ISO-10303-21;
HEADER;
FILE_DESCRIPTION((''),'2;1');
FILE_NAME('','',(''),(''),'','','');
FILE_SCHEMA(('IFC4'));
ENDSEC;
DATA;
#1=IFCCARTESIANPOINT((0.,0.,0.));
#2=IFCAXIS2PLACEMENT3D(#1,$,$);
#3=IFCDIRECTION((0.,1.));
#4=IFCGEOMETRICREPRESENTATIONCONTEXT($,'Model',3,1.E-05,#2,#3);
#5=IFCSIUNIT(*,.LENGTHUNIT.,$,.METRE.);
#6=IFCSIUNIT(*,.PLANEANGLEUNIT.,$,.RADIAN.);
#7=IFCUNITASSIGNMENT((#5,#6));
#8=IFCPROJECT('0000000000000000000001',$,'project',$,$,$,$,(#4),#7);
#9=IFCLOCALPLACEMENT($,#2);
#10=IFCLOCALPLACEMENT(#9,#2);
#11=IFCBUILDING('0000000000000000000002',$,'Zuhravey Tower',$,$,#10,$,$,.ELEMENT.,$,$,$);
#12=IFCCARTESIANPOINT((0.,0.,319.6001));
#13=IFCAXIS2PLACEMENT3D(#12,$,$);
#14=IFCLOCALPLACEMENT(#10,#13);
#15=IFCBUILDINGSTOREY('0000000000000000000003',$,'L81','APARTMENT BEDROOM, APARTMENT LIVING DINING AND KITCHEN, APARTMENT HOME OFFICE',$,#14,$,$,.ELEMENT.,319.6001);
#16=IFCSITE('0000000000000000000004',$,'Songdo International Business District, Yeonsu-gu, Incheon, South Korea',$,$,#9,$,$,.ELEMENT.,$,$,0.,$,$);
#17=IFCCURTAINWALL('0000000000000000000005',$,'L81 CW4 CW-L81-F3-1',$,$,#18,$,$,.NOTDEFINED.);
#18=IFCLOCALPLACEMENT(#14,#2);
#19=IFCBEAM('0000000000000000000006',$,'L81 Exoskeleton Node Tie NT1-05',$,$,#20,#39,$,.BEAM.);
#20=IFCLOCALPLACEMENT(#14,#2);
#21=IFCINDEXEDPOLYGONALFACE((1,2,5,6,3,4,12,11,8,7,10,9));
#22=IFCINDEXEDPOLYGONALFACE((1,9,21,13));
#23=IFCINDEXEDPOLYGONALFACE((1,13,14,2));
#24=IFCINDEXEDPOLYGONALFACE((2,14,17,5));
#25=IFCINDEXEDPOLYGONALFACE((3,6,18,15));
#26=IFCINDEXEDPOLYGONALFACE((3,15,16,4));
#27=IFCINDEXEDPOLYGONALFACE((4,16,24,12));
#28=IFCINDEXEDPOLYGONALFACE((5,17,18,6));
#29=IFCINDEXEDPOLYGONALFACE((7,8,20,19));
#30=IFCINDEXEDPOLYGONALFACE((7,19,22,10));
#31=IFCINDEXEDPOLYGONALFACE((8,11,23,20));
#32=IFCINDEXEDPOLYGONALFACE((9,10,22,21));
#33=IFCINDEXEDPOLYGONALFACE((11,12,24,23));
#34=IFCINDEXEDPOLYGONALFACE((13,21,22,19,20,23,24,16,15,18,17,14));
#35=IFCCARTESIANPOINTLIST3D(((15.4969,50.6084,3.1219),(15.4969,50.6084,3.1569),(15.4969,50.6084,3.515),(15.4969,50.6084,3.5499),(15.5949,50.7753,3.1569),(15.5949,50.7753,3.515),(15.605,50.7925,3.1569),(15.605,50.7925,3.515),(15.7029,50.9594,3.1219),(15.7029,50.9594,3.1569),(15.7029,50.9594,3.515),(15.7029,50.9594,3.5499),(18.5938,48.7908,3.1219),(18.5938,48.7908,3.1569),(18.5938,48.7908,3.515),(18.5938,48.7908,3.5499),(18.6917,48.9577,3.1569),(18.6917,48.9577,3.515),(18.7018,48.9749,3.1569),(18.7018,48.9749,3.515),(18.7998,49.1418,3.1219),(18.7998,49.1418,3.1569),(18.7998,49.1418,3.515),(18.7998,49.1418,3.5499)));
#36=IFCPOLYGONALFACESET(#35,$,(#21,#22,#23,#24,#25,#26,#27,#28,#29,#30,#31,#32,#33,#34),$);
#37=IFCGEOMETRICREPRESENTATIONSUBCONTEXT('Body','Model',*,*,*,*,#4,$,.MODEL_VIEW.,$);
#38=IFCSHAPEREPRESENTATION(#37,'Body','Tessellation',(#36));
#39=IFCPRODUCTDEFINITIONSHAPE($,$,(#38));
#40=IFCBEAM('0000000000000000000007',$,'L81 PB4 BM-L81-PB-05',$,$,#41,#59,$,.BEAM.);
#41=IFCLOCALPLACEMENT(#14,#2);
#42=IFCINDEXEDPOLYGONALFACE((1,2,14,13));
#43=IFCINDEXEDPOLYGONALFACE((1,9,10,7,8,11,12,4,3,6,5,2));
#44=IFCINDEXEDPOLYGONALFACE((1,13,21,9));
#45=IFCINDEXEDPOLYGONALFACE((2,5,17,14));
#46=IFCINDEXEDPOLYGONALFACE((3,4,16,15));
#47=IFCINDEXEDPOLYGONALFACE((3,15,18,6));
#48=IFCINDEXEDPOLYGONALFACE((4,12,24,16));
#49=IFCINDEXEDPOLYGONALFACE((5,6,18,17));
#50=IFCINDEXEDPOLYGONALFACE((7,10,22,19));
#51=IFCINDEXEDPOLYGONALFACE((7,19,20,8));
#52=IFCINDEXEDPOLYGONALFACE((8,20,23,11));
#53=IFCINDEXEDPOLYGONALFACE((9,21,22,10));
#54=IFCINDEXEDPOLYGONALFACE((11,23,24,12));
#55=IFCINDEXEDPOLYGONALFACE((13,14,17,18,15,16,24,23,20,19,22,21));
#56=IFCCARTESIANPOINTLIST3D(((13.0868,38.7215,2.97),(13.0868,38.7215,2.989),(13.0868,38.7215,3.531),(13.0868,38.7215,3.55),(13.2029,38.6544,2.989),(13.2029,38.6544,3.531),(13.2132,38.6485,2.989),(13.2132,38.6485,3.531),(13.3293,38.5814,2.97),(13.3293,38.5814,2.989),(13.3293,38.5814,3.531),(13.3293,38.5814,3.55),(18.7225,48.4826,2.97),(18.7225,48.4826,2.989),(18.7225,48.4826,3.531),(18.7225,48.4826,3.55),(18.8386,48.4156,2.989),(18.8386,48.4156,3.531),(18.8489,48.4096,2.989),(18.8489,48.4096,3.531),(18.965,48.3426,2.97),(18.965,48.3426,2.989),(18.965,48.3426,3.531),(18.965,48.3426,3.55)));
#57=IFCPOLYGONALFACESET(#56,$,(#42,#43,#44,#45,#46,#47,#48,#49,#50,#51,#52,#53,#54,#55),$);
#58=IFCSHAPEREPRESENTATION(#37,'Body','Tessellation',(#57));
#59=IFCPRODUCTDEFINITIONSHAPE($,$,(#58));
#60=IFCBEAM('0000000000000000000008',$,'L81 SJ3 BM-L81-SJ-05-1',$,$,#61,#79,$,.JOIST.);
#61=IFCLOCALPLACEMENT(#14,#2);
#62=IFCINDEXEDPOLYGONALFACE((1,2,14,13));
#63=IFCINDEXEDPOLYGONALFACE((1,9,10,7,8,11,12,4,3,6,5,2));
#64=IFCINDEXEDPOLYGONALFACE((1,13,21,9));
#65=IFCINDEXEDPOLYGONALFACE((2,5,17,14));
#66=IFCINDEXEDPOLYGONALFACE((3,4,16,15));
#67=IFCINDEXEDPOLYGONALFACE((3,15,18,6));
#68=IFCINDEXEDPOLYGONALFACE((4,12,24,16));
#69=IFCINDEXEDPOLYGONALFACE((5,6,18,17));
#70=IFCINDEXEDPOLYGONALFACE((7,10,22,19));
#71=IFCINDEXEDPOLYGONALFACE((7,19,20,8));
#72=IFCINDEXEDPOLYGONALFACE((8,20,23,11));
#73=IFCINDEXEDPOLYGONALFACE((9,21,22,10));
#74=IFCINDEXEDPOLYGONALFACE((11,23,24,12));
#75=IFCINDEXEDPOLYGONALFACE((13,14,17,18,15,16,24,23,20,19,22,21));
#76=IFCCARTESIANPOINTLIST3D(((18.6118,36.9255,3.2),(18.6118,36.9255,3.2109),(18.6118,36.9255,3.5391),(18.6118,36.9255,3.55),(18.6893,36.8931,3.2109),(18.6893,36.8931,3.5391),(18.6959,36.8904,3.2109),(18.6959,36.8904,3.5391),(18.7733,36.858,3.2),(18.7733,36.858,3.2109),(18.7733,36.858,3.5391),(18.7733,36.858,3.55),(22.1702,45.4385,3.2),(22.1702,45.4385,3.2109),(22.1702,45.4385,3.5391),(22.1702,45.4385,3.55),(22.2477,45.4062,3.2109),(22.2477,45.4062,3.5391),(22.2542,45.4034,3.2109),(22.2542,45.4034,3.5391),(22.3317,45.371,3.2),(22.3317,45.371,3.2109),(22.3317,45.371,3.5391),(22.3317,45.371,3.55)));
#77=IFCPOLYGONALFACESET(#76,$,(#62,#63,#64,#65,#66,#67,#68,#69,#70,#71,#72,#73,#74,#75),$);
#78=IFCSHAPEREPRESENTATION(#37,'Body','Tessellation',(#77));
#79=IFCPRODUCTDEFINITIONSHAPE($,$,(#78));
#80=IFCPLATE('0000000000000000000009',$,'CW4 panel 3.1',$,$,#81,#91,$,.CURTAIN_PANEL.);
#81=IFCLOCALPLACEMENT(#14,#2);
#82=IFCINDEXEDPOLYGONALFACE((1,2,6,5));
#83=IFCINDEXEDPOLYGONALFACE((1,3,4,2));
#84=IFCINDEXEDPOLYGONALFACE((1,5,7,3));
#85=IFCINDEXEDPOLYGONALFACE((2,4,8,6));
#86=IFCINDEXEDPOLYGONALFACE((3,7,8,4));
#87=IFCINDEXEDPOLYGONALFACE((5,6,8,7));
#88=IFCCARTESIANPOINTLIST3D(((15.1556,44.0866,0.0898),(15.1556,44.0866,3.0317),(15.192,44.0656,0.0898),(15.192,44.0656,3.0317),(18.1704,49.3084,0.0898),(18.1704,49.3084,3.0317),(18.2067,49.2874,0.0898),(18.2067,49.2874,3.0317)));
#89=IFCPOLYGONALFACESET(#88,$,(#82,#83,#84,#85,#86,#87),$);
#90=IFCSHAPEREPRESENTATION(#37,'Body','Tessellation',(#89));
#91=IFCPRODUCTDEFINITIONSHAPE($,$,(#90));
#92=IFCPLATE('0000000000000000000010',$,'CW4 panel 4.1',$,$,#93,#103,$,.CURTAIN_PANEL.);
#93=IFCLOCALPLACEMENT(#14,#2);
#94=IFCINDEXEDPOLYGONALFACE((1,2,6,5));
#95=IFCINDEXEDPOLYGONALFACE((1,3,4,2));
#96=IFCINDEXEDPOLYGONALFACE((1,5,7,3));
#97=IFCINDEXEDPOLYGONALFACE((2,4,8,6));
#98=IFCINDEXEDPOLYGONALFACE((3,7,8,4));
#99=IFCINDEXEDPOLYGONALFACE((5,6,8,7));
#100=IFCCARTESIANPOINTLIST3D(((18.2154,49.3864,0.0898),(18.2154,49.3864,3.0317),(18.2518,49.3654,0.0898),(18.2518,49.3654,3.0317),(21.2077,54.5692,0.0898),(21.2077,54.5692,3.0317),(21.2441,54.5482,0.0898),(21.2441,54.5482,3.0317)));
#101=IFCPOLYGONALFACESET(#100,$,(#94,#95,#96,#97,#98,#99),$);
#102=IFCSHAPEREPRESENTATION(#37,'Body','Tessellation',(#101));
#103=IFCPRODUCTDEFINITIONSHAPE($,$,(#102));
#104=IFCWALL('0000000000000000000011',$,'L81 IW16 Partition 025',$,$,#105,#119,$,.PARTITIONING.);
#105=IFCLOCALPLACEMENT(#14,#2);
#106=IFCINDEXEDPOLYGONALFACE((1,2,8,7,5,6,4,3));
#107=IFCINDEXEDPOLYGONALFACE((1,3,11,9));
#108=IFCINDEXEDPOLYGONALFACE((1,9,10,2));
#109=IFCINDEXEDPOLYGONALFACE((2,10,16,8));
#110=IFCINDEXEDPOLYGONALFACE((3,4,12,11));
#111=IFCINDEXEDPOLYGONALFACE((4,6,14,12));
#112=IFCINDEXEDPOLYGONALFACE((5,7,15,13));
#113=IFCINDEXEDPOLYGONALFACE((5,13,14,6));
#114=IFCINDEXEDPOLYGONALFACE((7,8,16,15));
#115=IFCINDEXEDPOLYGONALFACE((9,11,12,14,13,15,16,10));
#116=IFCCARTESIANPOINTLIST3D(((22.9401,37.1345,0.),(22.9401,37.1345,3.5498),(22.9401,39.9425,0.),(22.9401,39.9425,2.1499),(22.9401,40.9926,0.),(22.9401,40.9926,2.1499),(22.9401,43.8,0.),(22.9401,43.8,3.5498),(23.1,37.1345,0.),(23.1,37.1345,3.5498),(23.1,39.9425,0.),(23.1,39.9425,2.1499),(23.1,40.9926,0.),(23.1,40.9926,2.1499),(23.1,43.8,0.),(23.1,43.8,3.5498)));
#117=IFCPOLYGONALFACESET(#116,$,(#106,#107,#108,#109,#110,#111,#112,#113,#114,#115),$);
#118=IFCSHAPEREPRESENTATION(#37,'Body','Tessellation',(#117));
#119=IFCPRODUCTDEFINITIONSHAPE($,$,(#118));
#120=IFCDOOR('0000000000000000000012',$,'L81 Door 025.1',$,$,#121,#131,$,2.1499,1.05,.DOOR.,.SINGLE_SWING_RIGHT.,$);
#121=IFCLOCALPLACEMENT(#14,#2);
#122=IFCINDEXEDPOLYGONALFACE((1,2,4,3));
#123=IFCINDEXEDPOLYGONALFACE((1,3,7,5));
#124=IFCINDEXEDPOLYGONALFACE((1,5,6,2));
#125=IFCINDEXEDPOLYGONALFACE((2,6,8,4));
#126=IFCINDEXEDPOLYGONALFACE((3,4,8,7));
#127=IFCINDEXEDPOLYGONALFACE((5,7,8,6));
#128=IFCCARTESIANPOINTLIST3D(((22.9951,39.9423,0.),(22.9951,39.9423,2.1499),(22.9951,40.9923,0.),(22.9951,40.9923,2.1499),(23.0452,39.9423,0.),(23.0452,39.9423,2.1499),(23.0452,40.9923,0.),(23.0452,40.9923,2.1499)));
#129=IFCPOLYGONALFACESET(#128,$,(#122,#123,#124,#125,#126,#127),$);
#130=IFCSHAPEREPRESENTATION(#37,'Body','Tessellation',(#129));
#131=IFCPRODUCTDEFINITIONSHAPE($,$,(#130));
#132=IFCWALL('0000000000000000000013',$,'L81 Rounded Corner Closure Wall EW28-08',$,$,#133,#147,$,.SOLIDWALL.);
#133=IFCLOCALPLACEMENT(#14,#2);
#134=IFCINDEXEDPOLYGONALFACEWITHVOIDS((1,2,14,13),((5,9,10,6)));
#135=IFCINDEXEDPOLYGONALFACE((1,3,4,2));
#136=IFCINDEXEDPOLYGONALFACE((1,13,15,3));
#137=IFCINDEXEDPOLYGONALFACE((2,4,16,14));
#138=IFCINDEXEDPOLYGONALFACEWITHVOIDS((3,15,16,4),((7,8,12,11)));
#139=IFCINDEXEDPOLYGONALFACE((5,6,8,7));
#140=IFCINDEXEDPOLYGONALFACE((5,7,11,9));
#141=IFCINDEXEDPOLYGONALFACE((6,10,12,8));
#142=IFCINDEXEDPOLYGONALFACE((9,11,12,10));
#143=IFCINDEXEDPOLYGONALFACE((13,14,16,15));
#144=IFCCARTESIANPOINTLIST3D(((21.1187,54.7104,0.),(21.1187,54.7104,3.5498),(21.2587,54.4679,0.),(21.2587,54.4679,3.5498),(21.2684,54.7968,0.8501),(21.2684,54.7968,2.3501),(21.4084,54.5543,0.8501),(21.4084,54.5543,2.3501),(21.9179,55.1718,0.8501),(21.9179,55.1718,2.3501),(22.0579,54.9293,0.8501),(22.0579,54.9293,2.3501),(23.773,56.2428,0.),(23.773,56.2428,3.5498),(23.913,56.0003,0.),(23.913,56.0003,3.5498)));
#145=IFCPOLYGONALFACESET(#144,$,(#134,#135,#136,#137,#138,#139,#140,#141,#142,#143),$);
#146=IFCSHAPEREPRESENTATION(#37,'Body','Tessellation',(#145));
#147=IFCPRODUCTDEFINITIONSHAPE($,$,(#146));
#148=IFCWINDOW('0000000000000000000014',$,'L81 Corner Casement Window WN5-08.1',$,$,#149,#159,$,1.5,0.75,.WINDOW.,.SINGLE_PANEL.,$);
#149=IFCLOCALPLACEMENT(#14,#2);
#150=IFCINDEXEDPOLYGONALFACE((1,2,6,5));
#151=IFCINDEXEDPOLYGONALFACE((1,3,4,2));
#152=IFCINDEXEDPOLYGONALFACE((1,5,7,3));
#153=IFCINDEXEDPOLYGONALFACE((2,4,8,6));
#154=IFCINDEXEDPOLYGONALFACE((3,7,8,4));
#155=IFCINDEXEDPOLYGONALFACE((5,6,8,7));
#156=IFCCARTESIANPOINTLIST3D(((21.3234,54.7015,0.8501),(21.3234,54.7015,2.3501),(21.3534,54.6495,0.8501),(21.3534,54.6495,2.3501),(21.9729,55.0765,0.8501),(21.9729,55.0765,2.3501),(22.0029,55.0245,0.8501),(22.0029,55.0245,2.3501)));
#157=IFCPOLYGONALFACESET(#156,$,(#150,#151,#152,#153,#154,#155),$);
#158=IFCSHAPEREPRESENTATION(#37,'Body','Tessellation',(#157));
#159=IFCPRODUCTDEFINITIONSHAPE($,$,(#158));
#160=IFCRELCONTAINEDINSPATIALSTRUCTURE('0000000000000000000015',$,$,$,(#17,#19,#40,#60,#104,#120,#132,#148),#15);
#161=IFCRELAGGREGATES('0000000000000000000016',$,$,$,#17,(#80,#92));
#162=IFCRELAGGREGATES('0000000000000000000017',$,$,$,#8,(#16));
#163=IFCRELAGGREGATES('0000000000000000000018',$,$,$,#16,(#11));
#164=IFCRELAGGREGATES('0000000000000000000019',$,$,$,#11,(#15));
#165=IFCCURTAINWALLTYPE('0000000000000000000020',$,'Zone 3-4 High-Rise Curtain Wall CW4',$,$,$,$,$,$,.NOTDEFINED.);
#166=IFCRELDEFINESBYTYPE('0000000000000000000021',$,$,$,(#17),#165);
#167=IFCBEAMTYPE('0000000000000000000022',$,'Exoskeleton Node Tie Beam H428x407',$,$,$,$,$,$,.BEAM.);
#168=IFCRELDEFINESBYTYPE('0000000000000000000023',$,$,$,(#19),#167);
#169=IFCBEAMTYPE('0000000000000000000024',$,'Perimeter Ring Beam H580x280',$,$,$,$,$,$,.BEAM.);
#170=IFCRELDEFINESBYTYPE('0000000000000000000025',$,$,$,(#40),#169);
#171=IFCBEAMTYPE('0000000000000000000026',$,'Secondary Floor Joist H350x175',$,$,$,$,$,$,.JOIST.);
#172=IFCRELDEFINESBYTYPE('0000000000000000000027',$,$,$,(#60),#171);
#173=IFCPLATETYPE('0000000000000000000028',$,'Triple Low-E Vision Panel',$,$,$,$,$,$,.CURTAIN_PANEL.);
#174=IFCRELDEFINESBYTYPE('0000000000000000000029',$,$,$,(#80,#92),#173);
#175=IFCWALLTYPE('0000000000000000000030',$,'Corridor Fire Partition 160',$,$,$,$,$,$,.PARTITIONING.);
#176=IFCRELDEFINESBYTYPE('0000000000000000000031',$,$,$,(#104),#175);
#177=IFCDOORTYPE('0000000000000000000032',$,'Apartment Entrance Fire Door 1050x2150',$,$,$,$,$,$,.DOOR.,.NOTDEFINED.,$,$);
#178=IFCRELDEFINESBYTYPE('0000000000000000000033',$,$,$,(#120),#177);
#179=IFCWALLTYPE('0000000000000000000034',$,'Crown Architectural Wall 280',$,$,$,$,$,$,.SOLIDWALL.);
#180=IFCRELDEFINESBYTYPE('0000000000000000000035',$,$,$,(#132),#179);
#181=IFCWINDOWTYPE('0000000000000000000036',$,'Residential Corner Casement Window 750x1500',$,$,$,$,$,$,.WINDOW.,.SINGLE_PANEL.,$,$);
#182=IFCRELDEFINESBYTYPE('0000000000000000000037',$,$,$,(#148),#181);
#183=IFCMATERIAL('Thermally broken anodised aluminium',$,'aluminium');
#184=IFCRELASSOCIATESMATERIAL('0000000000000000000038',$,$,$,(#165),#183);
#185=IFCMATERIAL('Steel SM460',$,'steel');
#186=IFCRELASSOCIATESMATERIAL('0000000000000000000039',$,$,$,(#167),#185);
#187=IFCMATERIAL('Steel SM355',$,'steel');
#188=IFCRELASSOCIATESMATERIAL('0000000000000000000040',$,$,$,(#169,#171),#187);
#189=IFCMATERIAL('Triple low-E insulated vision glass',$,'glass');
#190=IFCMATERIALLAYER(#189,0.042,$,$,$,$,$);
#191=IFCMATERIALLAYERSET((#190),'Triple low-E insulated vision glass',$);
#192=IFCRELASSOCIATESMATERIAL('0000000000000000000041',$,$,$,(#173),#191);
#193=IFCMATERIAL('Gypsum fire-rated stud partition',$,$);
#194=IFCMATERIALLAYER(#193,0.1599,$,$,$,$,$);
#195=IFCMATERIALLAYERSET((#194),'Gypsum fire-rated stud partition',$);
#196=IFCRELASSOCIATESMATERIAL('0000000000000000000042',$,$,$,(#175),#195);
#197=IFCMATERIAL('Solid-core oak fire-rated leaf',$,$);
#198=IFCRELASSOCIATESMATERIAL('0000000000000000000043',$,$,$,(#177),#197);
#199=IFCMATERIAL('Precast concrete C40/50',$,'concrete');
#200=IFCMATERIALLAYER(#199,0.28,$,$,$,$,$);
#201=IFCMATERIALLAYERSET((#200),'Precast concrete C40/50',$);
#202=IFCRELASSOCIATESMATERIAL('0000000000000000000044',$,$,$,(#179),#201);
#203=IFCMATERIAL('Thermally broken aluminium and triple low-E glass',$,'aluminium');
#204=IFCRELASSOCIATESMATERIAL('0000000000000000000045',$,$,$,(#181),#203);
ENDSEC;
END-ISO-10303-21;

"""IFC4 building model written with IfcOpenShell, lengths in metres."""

from ifc_helpers import new_model, si_unit, direction, frame, frame_2d, origin, origin_2d, place, context, subcontext, project, spatial, rectangle, i_section, extrude, material, layer, layer_set, material_profile, profile_set, type_object, element, fill, aggregate, save


model = new_model("IFC4")

# Units and contexts
model_context = context("Model", 3, precision=1e-05, world=origin(), true_north=direction((0.0, 1.0)))
body_context = subcontext(model_context, "Body", "Model", "MODEL_VIEW")
ifc_project = project(units=[si_unit("LENGTHUNIT", "METRE"), si_unit("PLANEANGLEUNIT", "RADIAN")], contexts=[model_context])

# Site, building, storey
site_placement = place(None, origin())
site = spatial("IfcSite", under=ifc_project, at=site_placement, Name="Songdo International Business District, Yeonsu-gu, Incheon, South Korea", CompositionType="ELEMENT", RefElevation=0.0)
building_placement = place(site_placement, origin())
building = spatial("IfcBuilding", under=site, at=building_placement, Name="Zuhravey Tower", CompositionType="ELEMENT")
storey_placement = place(building_placement, frame((0.0, 0.0, 319.6001)))
storey = spatial("IfcBuildingStorey", under=building, at=storey_placement, Name="L81", Description="APARTMENT BEDROOM, APARTMENT LIVING DINING AND KITCHEN, APARTMENT HOME OFFICE", CompositionType="ELEMENT", Elevation=319.6001)

# Curtain wall
ifc_material_1 = material(Name="Thermally broken anodised aluminium", Category="aluminium")
curtain_wall_type = type_object("IfcCurtainWallType", Name="Zone 3-4 High-Rise Curtain Wall CW4", PredefinedType="NOTDEFINED", material=ifc_material_1)
curtain_wall_1_placement = place(storey_placement, origin())
curtain_wall_1 = element("IfcCurtainWall", 1, at=curtain_wall_1_placement, inside=storey, type_object=curtain_wall_type, Name="L81 CW4 CW-L81-F3-1", PredefinedType="NOTDEFINED")

# Beams
ifc_material_2 = material(Name="Steel SM460", Category="steel")
ifc_material_profile_1 = material_profile(ifc_material_2, i_section(OverallWidth=0.407, OverallDepth=0.428, WebThickness=0.02, FlangeThickness=0.0349, at=origin_2d()), Name="H-428x407x20x35")
ifc_profile_set_1 = profile_set([ifc_material_profile_1], Name="Steel SM460")
beam_type_1 = type_object("IfcBeamType", Name="Exoskeleton Node Tie Beam H428x407", PredefinedType="BEAM", material=ifc_profile_set_1)
beam_1_placement = place(storey_placement, frame((18.6968, 48.9663, 3.3359), z_axis=(-0.862432, 0.506173, 0.0), x_axis=(-0.506173, -0.862432, 0.0)))
element("IfcBeam", 2, at=beam_1_placement, inside=storey, type_object=beam_type_1, Name="L81 Exoskeleton Node Tie NT1-05", PredefinedType="BEAM", context=body_context, shape_type="SweptSolid", body=[
    extrude(i_section(OverallWidth=0.407, OverallDepth=0.428, WebThickness=0.02, FlangeThickness=0.0349, at=origin_2d()), origin(), (0.0, 0.0, 1.0), 3.5908),
])
ifc_material_3 = material(Name="Steel SM355", Category="steel")
ifc_material_profile_2 = material_profile(ifc_material_3, i_section(OverallWidth=0.28, OverallDepth=0.5801, WebThickness=0.012, FlangeThickness=0.019, at=origin_2d()), Name="H-580x280x12x19")
ifc_profile_set_2 = profile_set([ifc_material_profile_2], Name="Steel SM355")
beam_type_2 = type_object("IfcBeamType", Name="Perimeter Ring Beam H580x280", PredefinedType="BEAM", material=ifc_profile_set_2)
beam_2_placement = place(storey_placement, frame((18.8438, 48.4126, 3.26), z_axis=(-0.500006, -0.866022, 0.0), x_axis=(0.866022, -0.500006, 0.0)))
element("IfcBeam", 3, at=beam_2_placement, inside=storey, type_object=beam_type_2, Name="L81 PB4 BM-L81-PB-05", PredefinedType="BEAM", context=body_context, shape_type="SweptSolid", body=[
    extrude(i_section(OverallWidth=0.28, OverallDepth=0.5801, WebThickness=0.012, FlangeThickness=0.019, at=origin_2d()), origin(), (0.0, 0.0, 1.0), 11.2712),
])
ifc_material_profile_3 = material_profile(ifc_material_3, i_section(OverallWidth=0.175, OverallDepth=0.3501, WebThickness=0.0071, FlangeThickness=0.011, at=origin_2d()), Name="H-350x175x7x11")
ifc_profile_set_3 = profile_set([ifc_material_profile_3], Name="Steel SM355")
beam_type_3 = type_object("IfcBeamType", Name="Secondary Floor Joist H350x175", PredefinedType="JOIST", material=ifc_profile_set_3)
beam_3_placement = place(storey_placement, frame((22.251, 45.4048, 3.375), z_axis=(-0.385658, -0.922642, 0.0), x_axis=(0.922642, -0.385658, 0.0)))
element("IfcBeam", 4, at=beam_3_placement, inside=storey, type_object=beam_type_3, Name="L81 SJ3 BM-L81-SJ-05-1", PredefinedType="JOIST", context=body_context, shape_type="SweptSolid", body=[
    extrude(i_section(OverallWidth=0.175, OverallDepth=0.3501, WebThickness=0.0071, FlangeThickness=0.011, at=origin_2d()), origin(), (0.0, 0.0, 1.0), 9.2268),
])

# Plates
ifc_material_4 = material(Name="Triple low-E insulated vision glass", Category="glass")
ifc_layer_1 = layer(ifc_material_4, 0.042)
ifc_layer_set_1 = layer_set([ifc_layer_1], Name="Triple low-E insulated vision glass")
plate_type = type_object("IfcPlateType", Name="Triple Low-E Vision Panel", PredefinedType="CURTAIN_PANEL", material=ifc_layer_set_1)
plate_1_placement = place(storey_placement, frame((16.6812, 46.687, 0.0898), z_axis=(0.0, 0.0, 1.0), x_axis=(0.5, 0.866026, 0.0)))
plate_1 = element("IfcPlate", 5, at=plate_1_placement, type_object=plate_type, Name="CW4 panel 3.1", PredefinedType="CURTAIN_PANEL", context=body_context, shape_type="SweptSolid", body=[
    extrude(rectangle(XDim=6.0295, YDim=0.042, at=origin_2d()), origin(), (0.0, 0.0, 1.0), 2.9419),
])
plate_2_placement = place(storey_placement, frame((19.7297, 51.9673, 0.0898), z_axis=(0.0, 0.0, 1.0), x_axis=(0.5, 0.866026, 0.0)))
plate_2 = element("IfcPlate", 6, at=plate_2_placement, type_object=plate_type, Name="CW4 panel 4.1", PredefinedType="CURTAIN_PANEL", context=body_context, shape_type="SweptSolid", body=[
    extrude(rectangle(XDim=5.9846, YDim=0.042, at=origin_2d()), origin(), (0.0, 0.0, 1.0), 2.9419),
])
aggregate(curtain_wall_1, [plate_1, plate_2])

# Wall, opening, door
ifc_material_5 = material(Name="Gypsum fire-rated stud partition")
ifc_layer_2 = layer(ifc_material_5, 0.1599)
ifc_layer_set_2 = layer_set([ifc_layer_2], Name="Gypsum fire-rated stud partition")
wall_type_1 = type_object("IfcWallType", Name="Corridor Fire Partition 160", PredefinedType="PARTITIONING", material=ifc_layer_set_2)
wall_1_placement = place(storey_placement, frame((23.02, 43.8, 0.0), z_axis=(0.0, 0.0, 1.0), x_axis=(0.0, -1.0, 0.0)))
wall_1 = element("IfcWall", 7, at=wall_1_placement, inside=storey, type_object=wall_type_1, Name="L81 IW16 Partition 025", PredefinedType="PARTITIONING", context=body_context, shape_type="SweptSolid", body=[
    extrude(rectangle(XDim=6.6655, YDim=0.1599, at=frame_2d((3.3328, 0.0))), origin(), (0.0, 0.0, 1.0), 3.5498),
])
opening_1_placement = place(wall_1_placement, frame((2.8076, 0.0, 0.0)))
opening_1 = element("IfcOpeningElement", 8, at=opening_1_placement, cuts=wall_1, PredefinedType="OPENING", context=body_context, shape_type="SweptSolid", body=[
    extrude(rectangle(XDim=1.05, YDim=2.1499, at=frame_2d((0.5249, 1.075))), frame((0.0, 0.092, 0.0), z_axis=(0.0, -1.0, 0.0), x_axis=(1.0, 0.0, 0.0)), (0.0, 0.0, 1.0), 0.1838),
])
ifc_material_6 = material(Name="Solid-core oak fire-rated leaf")
door_type_1 = type_object("IfcDoorType", Name="Apartment Entrance Fire Door 1050x2150", OperationType="NOTDEFINED", PredefinedType="DOOR", material=ifc_material_6)
door_1_placement = place(opening_1_placement, frame((1.05, 0.0, 0.0), z_axis=(0.0, 0.0, 1.0), x_axis=(-1.0, 0.0, 0.0)))
door_1 = element("IfcDoor", 9, at=door_1_placement, inside=storey, type_object=door_type_1, Name="L81 Door 025.1", OperationType="SINGLE_SWING_RIGHT", OverallHeight=2.1499, OverallWidth=1.05, PredefinedType="DOOR", context=body_context, shape_type="SweptSolid", body=[
    extrude(rectangle(XDim=1.05, YDim=2.1499, at=frame_2d((0.5249, 1.075))), frame((0.0, 0.0249, 0.0), z_axis=(0.0, -1.0, 0.0), x_axis=(1.0, 0.0, 0.0)), (0.0, 0.0, 1.0), 0.05),
])
fill(opening_1, door_1)

# Wall, opening, window
ifc_material_7 = material(Name="Precast concrete C40/50", Category="concrete")
ifc_layer_3 = layer(ifc_material_7, 0.28)
ifc_layer_set_3 = layer_set([ifc_layer_3], Name="Precast concrete C40/50")
wall_type_2 = type_object("IfcWallType", Name="Crown Architectural Wall 280", PredefinedType="SOLIDWALL", material=ifc_layer_set_3)
wall_2_placement = place(storey_placement, frame((21.1887, 54.5891, 0.0), z_axis=(0.0, 0.0, 1.0), x_axis=(0.866024, 0.500003, 0.0)))
wall_2 = element("IfcWall", 10, at=wall_2_placement, inside=storey, type_object=wall_type_2, Name="L81 Rounded Corner Closure Wall EW28-08", PredefinedType="SOLIDWALL", context=body_context, shape_type="SweptSolid", body=[
    extrude(rectangle(XDim=3.0649, YDim=0.28, at=frame_2d((1.5325, 0.0))), origin(), (0.0, 0.0, 1.0), 3.5498),
])
opening_2_placement = place(wall_2_placement, frame((0.1729, 0.0, 0.8501)))
opening_2 = element("IfcOpeningElement", 11, at=opening_2_placement, cuts=wall_2, PredefinedType="OPENING", context=body_context, shape_type="SweptSolid", body=[
    extrude(rectangle(XDim=0.75, YDim=1.5, at=frame_2d((0.375, 0.75))), frame((0.0, 0.1521, 0.0), z_axis=(0.0, -1.0, 0.0), x_axis=(1.0, 0.0, 0.0)), (0.0, 0.0, 1.0), 0.304),
])
ifc_material_8 = material(Name="Thermally broken aluminium and triple low-E glass", Category="aluminium")
window_type = type_object("IfcWindowType", Name="Residential Corner Casement Window 750x1500", PartitioningType="SINGLE_PANEL", PredefinedType="WINDOW", material=ifc_material_8)
window_placement = place(opening_2_placement, origin())
window = element("IfcWindow", 12, at=window_placement, inside=storey, type_object=window_type, Name="L81 Corner Casement Window WN5-08.1", OverallHeight=1.5, OverallWidth=0.75, PartitioningType="SINGLE_PANEL", PredefinedType="WINDOW", context=body_context, shape_type="SweptSolid", body=[
    extrude(rectangle(XDim=0.75, YDim=1.5, at=frame_2d((0.375, 0.75))), frame((0.0, 0.03, 0.0), z_axis=(0.0, -1.0, 0.0), x_axis=(1.0, 0.0, 0.0)), (0.0, 0.0, 1.0), 0.0601),
])
fill(opening_2, window)

save(model, "model.ifc")
